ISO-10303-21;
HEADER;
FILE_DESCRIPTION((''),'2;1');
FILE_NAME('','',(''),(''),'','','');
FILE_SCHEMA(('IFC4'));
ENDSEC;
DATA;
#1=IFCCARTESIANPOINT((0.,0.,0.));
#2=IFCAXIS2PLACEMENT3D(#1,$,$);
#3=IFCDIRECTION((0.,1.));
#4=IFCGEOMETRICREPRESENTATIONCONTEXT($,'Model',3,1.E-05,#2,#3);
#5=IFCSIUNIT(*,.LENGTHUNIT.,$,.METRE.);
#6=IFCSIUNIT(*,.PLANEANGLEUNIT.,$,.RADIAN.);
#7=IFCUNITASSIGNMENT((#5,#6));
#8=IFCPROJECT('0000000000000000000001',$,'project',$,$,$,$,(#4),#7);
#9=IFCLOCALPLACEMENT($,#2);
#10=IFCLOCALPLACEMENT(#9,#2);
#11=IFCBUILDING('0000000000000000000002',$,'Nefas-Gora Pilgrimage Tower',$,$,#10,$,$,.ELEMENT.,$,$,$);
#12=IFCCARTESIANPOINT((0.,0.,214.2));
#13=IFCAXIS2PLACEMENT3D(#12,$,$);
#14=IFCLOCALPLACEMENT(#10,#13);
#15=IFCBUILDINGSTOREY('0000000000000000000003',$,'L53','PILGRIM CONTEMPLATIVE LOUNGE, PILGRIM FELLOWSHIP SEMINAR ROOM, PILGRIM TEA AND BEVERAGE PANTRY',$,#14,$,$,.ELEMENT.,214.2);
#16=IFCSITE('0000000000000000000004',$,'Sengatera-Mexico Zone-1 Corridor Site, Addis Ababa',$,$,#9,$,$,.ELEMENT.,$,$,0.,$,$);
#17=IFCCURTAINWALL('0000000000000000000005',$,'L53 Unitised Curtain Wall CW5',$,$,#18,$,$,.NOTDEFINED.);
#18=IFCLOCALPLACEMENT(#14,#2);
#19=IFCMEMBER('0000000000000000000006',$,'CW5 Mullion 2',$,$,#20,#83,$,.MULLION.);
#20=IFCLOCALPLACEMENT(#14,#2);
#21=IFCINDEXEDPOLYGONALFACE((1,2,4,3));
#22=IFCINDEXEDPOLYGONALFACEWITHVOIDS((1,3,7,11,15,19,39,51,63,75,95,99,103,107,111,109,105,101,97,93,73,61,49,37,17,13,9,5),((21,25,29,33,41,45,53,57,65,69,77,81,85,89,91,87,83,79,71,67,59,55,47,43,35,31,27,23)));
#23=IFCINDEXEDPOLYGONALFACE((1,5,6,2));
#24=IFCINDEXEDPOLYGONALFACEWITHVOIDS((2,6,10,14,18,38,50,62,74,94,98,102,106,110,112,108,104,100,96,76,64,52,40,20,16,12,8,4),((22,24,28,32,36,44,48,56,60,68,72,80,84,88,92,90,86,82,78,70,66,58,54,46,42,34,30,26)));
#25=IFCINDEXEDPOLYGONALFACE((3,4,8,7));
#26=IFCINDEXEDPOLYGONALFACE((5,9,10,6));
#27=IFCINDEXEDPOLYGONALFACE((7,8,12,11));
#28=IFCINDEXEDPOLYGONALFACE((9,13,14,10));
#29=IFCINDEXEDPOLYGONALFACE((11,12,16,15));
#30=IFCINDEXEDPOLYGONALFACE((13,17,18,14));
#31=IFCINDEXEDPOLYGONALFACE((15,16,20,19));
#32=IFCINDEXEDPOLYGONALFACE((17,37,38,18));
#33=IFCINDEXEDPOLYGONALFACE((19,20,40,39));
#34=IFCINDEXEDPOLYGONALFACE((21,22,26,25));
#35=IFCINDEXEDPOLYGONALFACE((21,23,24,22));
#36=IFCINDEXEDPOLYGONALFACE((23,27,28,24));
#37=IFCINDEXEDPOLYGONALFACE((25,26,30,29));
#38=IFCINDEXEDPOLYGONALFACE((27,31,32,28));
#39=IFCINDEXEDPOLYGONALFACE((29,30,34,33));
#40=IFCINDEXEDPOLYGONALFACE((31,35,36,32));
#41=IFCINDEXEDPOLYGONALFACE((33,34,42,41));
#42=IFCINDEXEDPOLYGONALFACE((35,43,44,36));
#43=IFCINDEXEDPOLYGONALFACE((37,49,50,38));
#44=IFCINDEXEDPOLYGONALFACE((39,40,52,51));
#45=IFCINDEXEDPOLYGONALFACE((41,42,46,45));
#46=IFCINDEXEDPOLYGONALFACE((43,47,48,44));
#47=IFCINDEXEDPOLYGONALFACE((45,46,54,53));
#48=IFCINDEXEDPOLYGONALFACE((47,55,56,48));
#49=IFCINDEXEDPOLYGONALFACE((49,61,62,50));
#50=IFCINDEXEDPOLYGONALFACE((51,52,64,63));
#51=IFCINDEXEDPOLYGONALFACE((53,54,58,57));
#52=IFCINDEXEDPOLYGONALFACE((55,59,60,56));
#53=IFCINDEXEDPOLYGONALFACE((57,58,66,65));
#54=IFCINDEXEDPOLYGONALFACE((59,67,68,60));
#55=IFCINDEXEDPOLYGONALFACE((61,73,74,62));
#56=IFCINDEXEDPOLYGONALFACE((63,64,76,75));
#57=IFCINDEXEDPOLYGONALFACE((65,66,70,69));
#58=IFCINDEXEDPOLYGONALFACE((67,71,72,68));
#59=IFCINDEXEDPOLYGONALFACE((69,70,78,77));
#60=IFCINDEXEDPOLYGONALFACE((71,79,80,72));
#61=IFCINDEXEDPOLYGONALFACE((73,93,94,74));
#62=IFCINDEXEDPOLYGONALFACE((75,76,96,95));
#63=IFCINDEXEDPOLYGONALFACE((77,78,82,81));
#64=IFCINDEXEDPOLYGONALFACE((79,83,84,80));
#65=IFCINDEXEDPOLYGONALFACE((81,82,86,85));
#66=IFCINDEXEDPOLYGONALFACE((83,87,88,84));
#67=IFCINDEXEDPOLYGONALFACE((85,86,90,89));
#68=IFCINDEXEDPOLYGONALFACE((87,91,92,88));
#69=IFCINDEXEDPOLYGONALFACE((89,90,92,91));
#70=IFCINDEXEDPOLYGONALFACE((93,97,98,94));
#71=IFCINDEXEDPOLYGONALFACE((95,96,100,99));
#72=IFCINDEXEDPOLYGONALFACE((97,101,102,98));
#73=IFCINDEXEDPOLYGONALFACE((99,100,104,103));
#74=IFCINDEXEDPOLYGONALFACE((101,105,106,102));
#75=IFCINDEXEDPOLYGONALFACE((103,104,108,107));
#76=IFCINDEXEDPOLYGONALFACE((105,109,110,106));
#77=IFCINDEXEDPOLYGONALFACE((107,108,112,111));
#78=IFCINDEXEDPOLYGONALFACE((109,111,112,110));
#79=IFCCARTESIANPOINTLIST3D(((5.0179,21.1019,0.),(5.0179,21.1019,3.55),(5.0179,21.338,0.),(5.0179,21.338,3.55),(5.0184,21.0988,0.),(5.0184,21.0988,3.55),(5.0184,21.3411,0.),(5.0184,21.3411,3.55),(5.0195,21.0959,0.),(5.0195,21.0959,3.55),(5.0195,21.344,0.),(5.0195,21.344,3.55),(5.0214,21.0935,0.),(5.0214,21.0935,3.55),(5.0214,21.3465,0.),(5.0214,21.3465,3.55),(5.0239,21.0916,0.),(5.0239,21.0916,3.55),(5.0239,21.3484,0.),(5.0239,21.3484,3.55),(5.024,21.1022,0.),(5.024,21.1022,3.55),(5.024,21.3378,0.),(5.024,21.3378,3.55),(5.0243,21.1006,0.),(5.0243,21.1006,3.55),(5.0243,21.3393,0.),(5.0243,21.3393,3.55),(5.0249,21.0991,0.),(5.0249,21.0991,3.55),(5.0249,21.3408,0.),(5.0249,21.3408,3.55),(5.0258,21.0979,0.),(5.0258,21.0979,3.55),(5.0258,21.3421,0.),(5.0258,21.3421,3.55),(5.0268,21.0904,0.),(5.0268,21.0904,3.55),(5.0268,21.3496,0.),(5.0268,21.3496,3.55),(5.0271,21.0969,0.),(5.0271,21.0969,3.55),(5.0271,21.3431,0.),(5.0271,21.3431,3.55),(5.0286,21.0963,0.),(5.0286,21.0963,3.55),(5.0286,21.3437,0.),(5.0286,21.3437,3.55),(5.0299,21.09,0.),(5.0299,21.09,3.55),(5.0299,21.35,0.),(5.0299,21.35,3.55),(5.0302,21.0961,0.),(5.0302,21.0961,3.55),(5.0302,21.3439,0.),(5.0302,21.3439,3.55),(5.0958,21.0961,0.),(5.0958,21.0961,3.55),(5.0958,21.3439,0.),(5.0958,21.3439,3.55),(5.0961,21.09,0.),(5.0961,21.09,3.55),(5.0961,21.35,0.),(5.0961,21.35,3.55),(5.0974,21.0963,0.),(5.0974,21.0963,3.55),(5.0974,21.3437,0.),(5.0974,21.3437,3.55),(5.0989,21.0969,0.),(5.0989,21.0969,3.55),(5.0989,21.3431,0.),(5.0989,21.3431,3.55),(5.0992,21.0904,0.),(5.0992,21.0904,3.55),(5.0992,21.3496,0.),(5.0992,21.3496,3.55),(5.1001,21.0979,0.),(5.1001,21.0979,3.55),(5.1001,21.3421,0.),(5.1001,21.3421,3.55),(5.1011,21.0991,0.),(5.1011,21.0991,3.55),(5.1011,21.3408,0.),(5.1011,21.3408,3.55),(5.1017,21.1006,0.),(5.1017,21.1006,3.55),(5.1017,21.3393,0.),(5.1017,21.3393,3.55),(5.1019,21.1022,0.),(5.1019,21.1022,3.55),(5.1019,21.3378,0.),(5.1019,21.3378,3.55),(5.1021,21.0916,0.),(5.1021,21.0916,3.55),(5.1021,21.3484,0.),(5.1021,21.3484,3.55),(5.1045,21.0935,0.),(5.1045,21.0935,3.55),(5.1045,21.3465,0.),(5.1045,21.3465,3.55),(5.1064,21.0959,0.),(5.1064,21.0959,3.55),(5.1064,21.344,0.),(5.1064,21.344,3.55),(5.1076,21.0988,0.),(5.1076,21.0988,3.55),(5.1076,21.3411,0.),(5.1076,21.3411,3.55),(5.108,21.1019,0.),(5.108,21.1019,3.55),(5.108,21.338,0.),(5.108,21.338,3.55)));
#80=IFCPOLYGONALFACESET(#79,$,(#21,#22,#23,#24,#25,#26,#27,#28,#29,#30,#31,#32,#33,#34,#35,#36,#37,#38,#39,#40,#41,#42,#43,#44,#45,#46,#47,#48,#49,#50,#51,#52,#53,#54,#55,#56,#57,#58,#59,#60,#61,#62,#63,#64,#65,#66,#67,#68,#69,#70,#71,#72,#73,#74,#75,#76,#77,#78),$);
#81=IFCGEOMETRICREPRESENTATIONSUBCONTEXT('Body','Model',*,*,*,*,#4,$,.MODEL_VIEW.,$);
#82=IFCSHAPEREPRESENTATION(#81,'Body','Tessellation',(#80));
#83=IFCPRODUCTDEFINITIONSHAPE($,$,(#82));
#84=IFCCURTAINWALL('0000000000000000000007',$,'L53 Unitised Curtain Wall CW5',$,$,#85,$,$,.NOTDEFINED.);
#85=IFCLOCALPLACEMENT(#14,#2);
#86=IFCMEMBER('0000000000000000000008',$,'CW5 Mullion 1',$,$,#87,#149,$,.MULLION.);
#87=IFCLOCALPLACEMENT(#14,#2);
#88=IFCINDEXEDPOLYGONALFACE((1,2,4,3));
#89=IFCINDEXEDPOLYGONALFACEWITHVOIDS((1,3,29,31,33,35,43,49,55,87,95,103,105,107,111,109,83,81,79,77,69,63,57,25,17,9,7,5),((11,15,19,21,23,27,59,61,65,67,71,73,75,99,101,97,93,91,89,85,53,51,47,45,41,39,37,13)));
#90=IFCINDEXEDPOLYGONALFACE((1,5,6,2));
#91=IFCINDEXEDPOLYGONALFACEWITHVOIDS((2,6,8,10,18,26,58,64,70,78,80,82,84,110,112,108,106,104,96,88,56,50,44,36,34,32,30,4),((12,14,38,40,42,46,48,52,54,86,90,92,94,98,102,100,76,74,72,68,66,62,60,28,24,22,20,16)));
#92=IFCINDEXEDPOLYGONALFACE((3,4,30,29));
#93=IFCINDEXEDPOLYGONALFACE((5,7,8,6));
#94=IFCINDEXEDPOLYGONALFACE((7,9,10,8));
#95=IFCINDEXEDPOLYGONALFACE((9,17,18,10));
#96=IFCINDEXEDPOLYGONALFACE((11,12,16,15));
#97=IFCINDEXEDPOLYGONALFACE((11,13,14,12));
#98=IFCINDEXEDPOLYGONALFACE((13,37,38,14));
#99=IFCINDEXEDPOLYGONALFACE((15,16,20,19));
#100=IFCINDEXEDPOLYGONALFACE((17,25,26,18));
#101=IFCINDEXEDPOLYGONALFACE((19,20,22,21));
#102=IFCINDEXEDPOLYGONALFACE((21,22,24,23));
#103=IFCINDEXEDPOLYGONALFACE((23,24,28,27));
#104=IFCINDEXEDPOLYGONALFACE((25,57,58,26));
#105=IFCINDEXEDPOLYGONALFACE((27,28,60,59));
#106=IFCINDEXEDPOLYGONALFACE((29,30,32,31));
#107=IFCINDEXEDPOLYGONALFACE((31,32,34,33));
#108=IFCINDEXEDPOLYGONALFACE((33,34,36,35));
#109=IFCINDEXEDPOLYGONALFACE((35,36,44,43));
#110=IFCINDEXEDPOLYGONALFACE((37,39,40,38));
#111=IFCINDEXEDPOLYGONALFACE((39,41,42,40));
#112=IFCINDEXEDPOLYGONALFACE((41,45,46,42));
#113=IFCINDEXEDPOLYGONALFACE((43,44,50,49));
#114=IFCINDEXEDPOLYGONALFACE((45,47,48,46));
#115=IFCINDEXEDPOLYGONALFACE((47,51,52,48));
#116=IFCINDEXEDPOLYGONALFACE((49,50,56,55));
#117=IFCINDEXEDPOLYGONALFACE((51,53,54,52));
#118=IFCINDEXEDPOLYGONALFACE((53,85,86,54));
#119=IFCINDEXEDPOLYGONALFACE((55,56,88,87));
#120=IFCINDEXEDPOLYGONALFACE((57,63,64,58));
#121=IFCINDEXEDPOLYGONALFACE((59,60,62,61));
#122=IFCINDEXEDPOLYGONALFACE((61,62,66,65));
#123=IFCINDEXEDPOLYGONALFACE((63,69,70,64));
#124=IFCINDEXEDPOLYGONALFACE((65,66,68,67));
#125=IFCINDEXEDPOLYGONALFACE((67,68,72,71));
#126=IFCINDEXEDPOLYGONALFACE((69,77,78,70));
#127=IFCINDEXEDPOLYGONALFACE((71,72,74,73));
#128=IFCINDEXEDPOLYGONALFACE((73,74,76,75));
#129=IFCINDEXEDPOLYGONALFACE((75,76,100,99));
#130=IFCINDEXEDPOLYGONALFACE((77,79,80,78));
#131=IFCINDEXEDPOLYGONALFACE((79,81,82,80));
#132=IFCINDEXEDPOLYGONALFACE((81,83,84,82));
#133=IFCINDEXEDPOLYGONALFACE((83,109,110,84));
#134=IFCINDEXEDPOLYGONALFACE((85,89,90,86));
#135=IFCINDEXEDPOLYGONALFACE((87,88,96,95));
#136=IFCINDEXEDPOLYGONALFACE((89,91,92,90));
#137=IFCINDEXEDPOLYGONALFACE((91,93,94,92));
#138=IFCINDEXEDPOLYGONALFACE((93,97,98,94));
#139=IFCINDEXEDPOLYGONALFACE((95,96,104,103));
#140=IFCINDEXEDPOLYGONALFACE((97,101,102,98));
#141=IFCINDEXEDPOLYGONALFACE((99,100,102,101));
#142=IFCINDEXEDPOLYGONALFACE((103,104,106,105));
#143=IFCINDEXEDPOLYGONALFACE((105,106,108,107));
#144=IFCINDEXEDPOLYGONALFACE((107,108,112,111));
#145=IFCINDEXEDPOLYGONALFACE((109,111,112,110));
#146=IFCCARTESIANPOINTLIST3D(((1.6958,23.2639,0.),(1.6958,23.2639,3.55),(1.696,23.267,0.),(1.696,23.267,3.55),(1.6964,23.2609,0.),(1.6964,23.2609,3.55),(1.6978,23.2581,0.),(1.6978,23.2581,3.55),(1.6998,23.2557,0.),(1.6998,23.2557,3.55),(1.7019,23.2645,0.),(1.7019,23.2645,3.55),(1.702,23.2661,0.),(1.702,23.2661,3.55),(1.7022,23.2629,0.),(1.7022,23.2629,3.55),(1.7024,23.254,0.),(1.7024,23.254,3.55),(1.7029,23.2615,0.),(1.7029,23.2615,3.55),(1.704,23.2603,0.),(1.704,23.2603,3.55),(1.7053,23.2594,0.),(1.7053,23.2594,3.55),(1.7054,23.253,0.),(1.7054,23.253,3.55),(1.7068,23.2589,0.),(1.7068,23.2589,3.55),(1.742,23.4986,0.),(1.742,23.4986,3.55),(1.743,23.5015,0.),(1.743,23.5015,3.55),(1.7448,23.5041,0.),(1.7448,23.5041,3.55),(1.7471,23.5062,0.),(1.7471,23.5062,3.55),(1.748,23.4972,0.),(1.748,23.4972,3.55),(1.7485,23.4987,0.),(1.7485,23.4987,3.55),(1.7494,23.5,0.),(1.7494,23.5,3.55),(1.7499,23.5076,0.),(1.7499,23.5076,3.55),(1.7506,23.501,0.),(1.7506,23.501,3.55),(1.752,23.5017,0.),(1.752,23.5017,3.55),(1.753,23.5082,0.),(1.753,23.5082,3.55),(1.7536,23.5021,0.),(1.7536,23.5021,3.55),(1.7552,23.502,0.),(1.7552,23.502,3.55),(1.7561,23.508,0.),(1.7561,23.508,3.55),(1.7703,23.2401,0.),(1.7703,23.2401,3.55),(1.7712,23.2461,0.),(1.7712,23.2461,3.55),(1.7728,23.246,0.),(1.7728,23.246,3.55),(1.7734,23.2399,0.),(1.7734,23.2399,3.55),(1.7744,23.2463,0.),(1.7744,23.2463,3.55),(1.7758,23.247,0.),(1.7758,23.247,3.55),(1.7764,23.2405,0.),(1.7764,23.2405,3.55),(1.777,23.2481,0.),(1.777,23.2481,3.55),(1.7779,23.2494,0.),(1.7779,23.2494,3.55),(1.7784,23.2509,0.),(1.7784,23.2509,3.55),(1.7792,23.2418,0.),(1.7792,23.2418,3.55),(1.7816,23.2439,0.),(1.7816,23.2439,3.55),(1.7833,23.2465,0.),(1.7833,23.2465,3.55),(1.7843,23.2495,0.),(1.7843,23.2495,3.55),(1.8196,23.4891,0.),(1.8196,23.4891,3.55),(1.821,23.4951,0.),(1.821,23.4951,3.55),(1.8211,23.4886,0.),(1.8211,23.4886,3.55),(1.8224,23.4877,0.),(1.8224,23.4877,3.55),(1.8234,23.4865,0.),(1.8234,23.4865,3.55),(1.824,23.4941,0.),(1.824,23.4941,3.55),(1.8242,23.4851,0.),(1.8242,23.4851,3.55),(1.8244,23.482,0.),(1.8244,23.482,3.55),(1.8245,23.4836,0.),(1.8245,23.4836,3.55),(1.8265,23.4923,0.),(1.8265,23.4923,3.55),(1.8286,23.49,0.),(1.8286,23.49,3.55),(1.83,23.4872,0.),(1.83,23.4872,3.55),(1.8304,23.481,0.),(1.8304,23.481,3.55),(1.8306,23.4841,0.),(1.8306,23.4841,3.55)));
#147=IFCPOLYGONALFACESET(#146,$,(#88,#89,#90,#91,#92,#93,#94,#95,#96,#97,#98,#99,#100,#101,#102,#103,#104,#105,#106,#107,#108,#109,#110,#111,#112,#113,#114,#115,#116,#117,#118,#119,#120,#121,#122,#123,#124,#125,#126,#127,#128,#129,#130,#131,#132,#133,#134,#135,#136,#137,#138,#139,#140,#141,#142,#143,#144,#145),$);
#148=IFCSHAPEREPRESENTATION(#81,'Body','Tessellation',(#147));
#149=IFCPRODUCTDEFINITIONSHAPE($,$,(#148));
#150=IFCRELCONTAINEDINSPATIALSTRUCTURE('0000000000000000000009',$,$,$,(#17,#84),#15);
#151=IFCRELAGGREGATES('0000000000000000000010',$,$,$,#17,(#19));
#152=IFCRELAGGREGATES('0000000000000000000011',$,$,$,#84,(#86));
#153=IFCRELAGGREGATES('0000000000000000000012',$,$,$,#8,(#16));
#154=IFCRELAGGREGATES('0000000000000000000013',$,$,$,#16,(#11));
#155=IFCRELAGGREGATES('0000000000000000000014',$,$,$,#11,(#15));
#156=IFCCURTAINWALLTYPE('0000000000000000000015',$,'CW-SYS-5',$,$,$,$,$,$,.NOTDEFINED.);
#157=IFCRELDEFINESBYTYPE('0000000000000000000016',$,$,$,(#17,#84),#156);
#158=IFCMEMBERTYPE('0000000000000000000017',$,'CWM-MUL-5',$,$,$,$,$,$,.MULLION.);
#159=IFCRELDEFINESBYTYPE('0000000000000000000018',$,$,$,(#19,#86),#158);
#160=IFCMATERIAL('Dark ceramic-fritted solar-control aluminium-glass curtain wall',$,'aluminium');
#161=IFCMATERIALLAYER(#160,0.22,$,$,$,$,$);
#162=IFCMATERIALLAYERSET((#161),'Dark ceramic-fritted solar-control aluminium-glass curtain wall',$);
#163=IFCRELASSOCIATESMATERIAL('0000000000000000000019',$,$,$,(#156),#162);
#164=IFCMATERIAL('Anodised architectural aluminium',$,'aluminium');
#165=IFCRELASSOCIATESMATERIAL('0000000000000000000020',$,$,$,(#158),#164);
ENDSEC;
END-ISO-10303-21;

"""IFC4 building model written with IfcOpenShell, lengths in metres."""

from ifc_helpers import new_model, si_unit, direction, frame, origin, origin_2d, place, context, subcontext, project, spatial, hollow_rectangle, extrude, source, transform, mapped, material, layer, layer_set, material_profile, profile_set, type_object, element, aggregate, save


model = new_model("IFC4")

# Units and contexts
model_context = context("Model", 3, precision=1e-05, world=origin(), true_north=direction((0.0, 1.0)))
body_context = subcontext(model_context, "Body", "Model", "MODEL_VIEW")
ifc_project = project(units=[si_unit("LENGTHUNIT", "METRE"), si_unit("PLANEANGLEUNIT", "RADIAN")], contexts=[model_context])

# Site, building, storey
site_placement = place(None, origin())
site = spatial("IfcSite", under=ifc_project, at=site_placement, Name="Sengatera-Mexico Zone-1 Corridor Site, Addis Ababa", CompositionType="ELEMENT", RefElevation=0.0)
building_placement = place(site_placement, origin())
building = spatial("IfcBuilding", under=site, at=building_placement, Name="Nefas-Gora Pilgrimage Tower", CompositionType="ELEMENT")
storey_placement = place(building_placement, frame((0.0, 0.0, 214.2)))
storey = spatial("IfcBuildingStorey", under=building, at=storey_placement, Name="L53", Description="PILGRIM CONTEMPLATIVE LOUNGE, PILGRIM FELLOWSHIP SEMINAR ROOM, PILGRIM TEA AND BEVERAGE PANTRY", CompositionType="ELEMENT", Elevation=214.2)

# Curtain wall, member
ifc_material_1 = material(Name="Dark ceramic-fritted solar-control aluminium-glass curtain wall", Category="aluminium")
ifc_layer_1 = layer(ifc_material_1, 0.22)
ifc_layer_set_1 = layer_set([ifc_layer_1], Name="Dark ceramic-fritted solar-control aluminium-glass curtain wall")
curtain_wall_type_1 = type_object("IfcCurtainWallType", Name="CW-SYS-5", PredefinedType="NOTDEFINED", material=ifc_layer_set_1)
curtain_wall_1_placement = place(storey_placement, origin())
curtain_wall_1 = element("IfcCurtainWall", 1, at=curtain_wall_1_placement, inside=storey, type_object=curtain_wall_type_1, Name="L53 Unitised Curtain Wall CW5", PredefinedType="NOTDEFINED")
ifc_material_2 = material(Name="Anodised architectural aluminium", Category="aluminium")
ifc_material_profile_1 = material_profile(ifc_material_2, hollow_rectangle(XDim=0.0901, YDim=0.26, WallThickness=0.0061, InnerFilletRadius=0.0061, OuterFilletRadius=0.012, at=origin_2d()), Name="ALU MULLION 90x260")
ifc_profile_set_1 = profile_set([ifc_material_profile_1], Name="Anodised architectural aluminium")
member_type_1 = type_object("IfcMemberType", Name="CWM-MUL-5", PredefinedType="MULLION", material=ifc_profile_set_1)
shared_shape_1 = source(origin(), body_context, "Body", "SweptSolid", [
    extrude(hollow_rectangle(XDim=0.0901, YDim=0.26, WallThickness=0.0061, InnerFilletRadius=0.0061, OuterFilletRadius=0.012, at=origin_2d()), origin(), (0.0, 0.0, 1.0), 3.55),
])
member_1_placement = place(storey_placement, frame((5.063, 21.22, 0.0), z_axis=(0.0, 0.0, 1.0), x_axis=(-1.0, 0.0, 0.0)))
member_1 = element("IfcMember", 2, at=member_1_placement, type_object=member_type_1, Name="CW5 Mullion 2", PredefinedType="MULLION", context=body_context, shape_type="MappedRepresentation", body=[
    mapped(shared_shape_1, transform((0.0, 0.0, 0.0), x_axis=(1.0, 0.0, 0.0), y_axis=(0.0, 1.0, 0.0), z_axis=(0.0, 0.0, 1.0), scale=1.0)),
])

# Curtain wall, member
curtain_wall_2_placement = place(storey_placement, origin())
curtain_wall_2 = element("IfcCurtainWall", 3, at=curtain_wall_2_placement, inside=storey, type_object=curtain_wall_type_1, Name="L53 Unitised Curtain Wall CW5", PredefinedType="NOTDEFINED")
member_2_placement = place(storey_placement, frame((1.7632, 23.374, 0.0), z_axis=(0.0, 0.0, 1.0), x_axis=(-0.980783, 0.195102, 0.0)))
member_2 = element("IfcMember", 4, at=member_2_placement, type_object=member_type_1, Name="CW5 Mullion 1", PredefinedType="MULLION", context=body_context, shape_type="MappedRepresentation", body=[
    mapped(shared_shape_1, transform((0.0, 0.0, 0.0), x_axis=(1.0, 0.0, 0.0), y_axis=(0.0, 1.0, 0.0), z_axis=(0.0, 0.0, 1.0), scale=1.0)),
])

aggregate(curtain_wall_1, [member_1])
aggregate(curtain_wall_2, [member_2])

save(model, "model.ifc")
